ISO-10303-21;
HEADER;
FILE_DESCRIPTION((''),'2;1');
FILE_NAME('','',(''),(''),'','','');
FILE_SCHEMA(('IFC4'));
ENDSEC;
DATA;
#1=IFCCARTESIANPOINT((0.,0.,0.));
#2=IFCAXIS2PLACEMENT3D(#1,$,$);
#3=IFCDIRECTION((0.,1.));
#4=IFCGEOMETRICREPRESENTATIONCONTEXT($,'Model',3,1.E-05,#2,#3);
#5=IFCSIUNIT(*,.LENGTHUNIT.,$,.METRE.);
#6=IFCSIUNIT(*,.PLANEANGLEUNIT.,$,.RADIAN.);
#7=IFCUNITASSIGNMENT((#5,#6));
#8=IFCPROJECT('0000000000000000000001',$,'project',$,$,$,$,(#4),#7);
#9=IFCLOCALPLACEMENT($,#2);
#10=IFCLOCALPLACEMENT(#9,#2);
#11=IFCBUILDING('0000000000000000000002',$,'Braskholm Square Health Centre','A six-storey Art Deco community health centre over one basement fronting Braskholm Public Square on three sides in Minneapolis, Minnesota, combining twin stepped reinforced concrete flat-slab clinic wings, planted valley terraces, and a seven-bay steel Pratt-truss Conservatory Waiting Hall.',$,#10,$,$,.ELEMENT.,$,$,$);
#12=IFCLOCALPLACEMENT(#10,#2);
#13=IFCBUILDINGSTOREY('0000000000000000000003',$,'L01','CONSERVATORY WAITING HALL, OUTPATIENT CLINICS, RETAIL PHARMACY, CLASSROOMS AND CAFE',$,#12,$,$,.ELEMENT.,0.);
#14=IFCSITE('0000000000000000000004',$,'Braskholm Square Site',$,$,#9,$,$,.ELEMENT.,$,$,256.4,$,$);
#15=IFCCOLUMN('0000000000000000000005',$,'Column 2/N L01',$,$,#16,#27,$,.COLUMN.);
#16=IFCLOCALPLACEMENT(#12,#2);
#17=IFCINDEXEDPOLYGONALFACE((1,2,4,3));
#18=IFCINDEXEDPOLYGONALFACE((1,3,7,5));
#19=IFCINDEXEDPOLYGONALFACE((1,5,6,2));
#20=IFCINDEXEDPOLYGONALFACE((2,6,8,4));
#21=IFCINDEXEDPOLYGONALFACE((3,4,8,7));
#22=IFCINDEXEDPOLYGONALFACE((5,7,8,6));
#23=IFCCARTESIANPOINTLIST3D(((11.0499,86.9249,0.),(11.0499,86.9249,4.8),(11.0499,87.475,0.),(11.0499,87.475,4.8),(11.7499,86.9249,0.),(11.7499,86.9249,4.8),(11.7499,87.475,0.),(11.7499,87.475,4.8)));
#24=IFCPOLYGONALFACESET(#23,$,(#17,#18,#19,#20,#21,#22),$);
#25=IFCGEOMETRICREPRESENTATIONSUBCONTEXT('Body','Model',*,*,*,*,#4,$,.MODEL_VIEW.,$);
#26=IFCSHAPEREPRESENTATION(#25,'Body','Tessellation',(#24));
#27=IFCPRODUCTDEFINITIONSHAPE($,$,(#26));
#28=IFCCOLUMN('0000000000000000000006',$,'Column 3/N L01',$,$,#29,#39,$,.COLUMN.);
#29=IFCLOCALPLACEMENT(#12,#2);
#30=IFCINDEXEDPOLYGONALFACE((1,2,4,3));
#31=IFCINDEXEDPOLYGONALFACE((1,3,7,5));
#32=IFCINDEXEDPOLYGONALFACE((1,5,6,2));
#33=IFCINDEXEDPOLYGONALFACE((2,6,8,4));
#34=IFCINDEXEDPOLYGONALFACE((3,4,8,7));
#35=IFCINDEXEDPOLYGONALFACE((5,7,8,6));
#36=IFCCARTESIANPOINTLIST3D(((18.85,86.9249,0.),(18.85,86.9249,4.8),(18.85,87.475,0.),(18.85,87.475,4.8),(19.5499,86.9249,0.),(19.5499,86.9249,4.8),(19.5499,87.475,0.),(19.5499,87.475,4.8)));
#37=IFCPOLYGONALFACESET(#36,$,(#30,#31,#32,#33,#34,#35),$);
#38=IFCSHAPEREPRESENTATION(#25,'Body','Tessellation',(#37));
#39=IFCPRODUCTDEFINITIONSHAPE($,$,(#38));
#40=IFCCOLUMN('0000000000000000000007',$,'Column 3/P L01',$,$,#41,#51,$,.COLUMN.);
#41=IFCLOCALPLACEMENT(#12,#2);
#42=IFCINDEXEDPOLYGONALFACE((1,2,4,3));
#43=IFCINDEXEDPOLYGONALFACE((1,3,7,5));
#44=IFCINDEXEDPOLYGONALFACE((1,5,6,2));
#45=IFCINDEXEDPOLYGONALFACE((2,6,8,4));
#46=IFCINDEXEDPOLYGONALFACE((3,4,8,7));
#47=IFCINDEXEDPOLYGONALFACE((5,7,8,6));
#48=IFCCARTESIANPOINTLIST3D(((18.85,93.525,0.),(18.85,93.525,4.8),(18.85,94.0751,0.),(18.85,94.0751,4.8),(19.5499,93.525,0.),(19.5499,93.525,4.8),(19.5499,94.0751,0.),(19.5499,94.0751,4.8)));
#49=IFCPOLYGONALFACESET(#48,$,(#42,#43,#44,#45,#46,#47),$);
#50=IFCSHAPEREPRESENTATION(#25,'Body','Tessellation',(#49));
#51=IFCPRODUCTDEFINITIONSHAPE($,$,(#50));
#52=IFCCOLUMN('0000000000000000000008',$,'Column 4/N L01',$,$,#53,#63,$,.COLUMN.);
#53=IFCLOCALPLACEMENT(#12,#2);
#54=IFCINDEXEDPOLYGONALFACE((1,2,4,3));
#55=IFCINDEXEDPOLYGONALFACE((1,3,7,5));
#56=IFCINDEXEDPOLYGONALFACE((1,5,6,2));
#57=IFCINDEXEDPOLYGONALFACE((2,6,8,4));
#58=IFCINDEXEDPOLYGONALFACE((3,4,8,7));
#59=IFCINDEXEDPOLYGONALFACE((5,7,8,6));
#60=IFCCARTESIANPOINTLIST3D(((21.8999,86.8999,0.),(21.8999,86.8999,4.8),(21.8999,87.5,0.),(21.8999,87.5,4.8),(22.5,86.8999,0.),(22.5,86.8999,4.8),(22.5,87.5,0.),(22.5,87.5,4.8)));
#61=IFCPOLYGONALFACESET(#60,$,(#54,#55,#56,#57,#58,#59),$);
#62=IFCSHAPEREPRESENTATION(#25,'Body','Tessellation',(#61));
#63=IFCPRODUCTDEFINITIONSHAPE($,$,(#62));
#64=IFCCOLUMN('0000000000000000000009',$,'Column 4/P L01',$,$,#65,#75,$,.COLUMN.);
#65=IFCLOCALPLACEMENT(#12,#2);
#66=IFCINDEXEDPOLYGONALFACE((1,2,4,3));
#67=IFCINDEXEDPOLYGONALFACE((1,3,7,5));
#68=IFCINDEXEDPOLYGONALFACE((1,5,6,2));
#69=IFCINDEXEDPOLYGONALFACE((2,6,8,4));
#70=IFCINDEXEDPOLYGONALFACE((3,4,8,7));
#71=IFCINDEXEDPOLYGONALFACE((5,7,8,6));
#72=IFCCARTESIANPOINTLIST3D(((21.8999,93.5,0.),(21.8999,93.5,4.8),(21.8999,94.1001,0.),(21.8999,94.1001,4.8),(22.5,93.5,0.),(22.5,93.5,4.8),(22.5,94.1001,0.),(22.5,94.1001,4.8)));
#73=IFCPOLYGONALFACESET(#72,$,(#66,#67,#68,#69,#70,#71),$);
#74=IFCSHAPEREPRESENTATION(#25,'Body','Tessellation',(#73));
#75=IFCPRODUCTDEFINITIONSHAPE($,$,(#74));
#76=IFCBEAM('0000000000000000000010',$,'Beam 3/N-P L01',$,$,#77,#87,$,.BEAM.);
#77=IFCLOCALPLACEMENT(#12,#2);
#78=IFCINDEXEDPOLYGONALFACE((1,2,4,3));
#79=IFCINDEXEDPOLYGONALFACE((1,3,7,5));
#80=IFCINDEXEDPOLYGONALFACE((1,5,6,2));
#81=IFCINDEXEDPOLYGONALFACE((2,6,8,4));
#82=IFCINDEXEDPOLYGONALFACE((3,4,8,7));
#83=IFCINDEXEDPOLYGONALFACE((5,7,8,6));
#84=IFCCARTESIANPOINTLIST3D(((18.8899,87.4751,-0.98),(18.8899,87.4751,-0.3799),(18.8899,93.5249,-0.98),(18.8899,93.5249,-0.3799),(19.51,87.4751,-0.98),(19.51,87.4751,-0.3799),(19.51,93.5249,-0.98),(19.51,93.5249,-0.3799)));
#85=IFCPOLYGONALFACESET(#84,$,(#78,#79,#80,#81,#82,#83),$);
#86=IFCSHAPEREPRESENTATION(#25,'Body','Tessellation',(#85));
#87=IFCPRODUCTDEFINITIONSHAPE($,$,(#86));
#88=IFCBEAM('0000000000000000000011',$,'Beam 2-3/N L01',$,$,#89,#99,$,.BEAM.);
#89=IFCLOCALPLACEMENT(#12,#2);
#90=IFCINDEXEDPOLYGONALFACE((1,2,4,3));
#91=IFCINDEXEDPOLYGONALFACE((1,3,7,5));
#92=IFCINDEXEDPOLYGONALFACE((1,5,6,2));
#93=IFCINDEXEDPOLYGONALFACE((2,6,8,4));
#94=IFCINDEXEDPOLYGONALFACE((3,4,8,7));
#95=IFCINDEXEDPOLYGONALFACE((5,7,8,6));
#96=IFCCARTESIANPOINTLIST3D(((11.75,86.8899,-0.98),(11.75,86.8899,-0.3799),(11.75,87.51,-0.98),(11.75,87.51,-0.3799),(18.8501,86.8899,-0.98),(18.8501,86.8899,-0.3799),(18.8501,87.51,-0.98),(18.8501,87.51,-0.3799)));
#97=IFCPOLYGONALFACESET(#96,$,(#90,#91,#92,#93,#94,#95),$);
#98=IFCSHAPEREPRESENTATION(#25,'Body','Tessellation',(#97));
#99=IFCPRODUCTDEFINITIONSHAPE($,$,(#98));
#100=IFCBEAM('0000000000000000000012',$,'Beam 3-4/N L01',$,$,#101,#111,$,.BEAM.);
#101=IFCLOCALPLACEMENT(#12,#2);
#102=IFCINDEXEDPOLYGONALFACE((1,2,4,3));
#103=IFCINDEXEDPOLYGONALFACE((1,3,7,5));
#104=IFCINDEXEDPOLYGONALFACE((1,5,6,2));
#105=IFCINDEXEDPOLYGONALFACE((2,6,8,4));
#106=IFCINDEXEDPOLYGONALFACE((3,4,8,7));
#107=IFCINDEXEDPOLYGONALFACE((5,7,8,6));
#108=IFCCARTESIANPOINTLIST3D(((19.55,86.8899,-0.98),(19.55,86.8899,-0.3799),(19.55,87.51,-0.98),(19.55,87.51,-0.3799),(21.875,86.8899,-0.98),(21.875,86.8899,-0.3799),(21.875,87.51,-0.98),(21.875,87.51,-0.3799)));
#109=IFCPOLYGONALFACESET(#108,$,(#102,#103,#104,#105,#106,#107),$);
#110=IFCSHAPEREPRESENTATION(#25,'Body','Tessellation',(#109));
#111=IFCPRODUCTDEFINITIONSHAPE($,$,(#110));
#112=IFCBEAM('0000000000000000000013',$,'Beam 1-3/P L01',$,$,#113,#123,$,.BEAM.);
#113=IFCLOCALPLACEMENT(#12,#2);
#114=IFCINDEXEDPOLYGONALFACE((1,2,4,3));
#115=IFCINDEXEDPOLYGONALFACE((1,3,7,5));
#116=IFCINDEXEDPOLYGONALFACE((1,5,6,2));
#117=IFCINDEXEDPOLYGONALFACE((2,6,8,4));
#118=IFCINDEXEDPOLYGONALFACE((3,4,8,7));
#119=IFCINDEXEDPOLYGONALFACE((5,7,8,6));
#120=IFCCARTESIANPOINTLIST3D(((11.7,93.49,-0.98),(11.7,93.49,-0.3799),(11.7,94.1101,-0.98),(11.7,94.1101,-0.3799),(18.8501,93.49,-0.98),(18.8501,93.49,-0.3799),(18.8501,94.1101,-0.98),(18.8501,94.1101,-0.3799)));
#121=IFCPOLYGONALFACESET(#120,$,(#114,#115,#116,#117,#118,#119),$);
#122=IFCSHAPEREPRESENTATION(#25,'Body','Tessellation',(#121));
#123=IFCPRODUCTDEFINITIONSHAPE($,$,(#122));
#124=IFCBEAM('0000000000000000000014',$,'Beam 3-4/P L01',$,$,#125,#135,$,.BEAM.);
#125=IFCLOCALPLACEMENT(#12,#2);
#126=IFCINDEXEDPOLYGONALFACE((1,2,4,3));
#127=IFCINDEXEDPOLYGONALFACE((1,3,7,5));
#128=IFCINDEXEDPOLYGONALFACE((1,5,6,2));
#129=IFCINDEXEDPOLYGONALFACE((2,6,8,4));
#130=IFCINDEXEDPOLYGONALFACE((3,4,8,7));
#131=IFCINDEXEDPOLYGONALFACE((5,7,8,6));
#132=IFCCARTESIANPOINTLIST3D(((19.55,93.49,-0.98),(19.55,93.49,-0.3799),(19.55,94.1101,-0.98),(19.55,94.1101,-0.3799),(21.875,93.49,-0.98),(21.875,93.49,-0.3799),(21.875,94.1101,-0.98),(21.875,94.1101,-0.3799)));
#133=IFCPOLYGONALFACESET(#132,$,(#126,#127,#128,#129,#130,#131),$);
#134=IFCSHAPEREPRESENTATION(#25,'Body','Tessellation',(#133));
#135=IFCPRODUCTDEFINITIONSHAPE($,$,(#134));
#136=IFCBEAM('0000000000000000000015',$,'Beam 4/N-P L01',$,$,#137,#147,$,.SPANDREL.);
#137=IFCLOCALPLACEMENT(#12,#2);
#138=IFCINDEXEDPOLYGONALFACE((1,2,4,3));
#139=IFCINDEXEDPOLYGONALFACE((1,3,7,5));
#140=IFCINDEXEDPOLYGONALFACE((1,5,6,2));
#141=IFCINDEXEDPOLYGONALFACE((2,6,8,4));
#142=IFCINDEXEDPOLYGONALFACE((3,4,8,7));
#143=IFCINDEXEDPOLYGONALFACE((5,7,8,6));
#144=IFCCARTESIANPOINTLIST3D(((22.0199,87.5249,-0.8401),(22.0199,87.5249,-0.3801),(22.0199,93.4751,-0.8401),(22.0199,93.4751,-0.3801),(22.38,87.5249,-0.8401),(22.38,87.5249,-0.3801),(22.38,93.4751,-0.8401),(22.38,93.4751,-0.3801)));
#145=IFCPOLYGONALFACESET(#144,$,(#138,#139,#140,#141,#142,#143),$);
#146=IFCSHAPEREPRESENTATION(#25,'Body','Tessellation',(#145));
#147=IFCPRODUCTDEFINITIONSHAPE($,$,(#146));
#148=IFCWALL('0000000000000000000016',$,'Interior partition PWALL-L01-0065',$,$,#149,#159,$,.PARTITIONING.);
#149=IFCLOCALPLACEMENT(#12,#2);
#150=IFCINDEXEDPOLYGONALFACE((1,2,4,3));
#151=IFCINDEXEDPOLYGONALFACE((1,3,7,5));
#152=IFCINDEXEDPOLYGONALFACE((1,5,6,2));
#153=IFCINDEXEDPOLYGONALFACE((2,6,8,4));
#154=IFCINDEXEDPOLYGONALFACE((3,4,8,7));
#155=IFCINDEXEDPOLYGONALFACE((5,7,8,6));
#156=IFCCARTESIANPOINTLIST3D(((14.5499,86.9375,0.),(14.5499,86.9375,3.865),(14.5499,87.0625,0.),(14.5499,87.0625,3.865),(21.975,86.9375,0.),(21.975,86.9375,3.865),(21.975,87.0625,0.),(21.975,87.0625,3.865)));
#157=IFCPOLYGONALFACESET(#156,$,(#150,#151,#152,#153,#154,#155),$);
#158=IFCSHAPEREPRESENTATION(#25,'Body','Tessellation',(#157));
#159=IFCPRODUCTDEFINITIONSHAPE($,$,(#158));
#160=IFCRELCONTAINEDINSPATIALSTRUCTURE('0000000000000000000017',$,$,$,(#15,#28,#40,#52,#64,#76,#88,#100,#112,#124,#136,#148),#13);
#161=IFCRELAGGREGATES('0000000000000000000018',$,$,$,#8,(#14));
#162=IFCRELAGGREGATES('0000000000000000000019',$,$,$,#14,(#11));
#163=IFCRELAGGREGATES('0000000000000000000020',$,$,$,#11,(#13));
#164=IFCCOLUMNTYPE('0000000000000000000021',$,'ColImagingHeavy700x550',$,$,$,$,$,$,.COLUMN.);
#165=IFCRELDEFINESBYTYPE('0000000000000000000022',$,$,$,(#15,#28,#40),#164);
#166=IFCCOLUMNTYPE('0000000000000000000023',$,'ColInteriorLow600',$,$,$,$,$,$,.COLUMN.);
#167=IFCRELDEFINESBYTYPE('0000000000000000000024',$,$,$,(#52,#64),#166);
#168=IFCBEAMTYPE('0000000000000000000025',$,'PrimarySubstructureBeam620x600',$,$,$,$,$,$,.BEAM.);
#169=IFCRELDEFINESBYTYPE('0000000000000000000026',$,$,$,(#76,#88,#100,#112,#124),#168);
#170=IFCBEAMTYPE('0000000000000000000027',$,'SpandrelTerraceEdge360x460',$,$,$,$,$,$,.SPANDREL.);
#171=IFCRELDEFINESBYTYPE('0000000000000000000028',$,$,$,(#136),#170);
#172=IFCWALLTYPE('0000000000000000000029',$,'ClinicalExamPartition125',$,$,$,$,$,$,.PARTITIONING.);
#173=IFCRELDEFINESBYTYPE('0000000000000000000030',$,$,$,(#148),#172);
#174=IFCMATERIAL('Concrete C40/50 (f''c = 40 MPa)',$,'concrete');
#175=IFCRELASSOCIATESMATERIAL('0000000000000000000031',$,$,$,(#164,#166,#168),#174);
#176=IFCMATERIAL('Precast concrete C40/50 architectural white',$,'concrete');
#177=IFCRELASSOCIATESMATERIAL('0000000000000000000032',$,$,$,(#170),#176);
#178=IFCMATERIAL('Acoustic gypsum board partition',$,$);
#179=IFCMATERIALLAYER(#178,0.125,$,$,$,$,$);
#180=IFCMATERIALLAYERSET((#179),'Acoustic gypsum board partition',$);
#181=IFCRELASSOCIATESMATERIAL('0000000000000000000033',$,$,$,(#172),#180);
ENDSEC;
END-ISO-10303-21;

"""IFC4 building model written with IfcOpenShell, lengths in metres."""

from ifc_helpers import new_model, si_unit, direction, frame, frame_2d, origin, origin_2d, place, context, subcontext, project, spatial, rectangle, extrude, material, layer, layer_set, material_profile, profile_set, type_object, element, save


model = new_model("IFC4")

# Units and contexts
model_context = context("Model", 3, precision=1e-05, world=origin(), true_north=direction((0.0, 1.0)))
body_context = subcontext(model_context, "Body", "Model", "MODEL_VIEW")
ifc_project = project(units=[si_unit("LENGTHUNIT", "METRE"), si_unit("PLANEANGLEUNIT", "RADIAN")], contexts=[model_context])

# Site, building, storey
site_placement = place(None, origin())
site = spatial("IfcSite", under=ifc_project, at=site_placement, Name="Braskholm Square Site", CompositionType="ELEMENT", RefElevation=256.4)
building_placement = place(site_placement, origin())
building = spatial("IfcBuilding", under=site, at=building_placement, Name="Braskholm Square Health Centre", Description="A six-storey Art Deco community health centre over one basement fronting Braskholm Public Square on three sides in Minneapolis, Minnesota, combining twin stepped reinforced concrete flat-slab clinic wings, planted valley terraces, and a seven-bay steel Pratt-truss Conservatory Waiting Hall.", CompositionType="ELEMENT")
storey_placement = place(building_placement, origin())
storey = spatial("IfcBuildingStorey", under=building, at=storey_placement, Name="L01", Description="CONSERVATORY WAITING HALL, OUTPATIENT CLINICS, RETAIL PHARMACY, CLASSROOMS AND CAFE", CompositionType="ELEMENT", Elevation=0.0)

# Columns
ifc_material_1 = material(Name="Concrete C40/50 (f'c = 40 MPa)", Category="concrete")
ifc_material_profile_1 = material_profile(ifc_material_1, rectangle(XDim=0.7, YDim=0.55, at=origin_2d()), Name="RC-700X550")
ifc_profile_set_1 = profile_set([ifc_material_profile_1], Name="Concrete C40/50 (f'c = 40 MPa)")
column_type_1 = type_object("IfcColumnType", Name="ColImagingHeavy700x550", PredefinedType="COLUMN", material=ifc_profile_set_1)
for number, where, z_axis, x_axis, name in (
    (1, (11.3999, 87.2, 0.0), (0.0, 0.0, 1.0), (1.0, 0.0, 0.0), "Column 2/N L01"),
    (2, (19.2, 87.2, 0.0), (0.0, 0.0, 1.0), (1.0, 0.0, 0.0), "Column 3/N L01"),
    (3, (19.2, 93.8, 0.0), (0.0, 0.0, 1.0), (1.0, 0.0, 0.0), "Column 3/P L01"),
):
    element("IfcColumn", number, at=place(storey_placement, frame(where, z_axis=z_axis, x_axis=x_axis)), inside=storey, type_object=column_type_1, Name=name, PredefinedType="COLUMN", context=body_context, shape_type="SweptSolid", body=[
        extrude(rectangle(XDim=0.7, YDim=0.55, at=origin_2d()), origin(), (0.0, 0.0, 1.0), 4.8),
    ])
ifc_material_profile_2 = material_profile(ifc_material_1, rectangle(XDim=0.6001, YDim=0.6001, at=origin_2d()), Name="RC-600X600")
ifc_profile_set_2 = profile_set([ifc_material_profile_2], Name="Concrete C40/50 (f'c = 40 MPa)")
column_type_2 = type_object("IfcColumnType", Name="ColInteriorLow600", PredefinedType="COLUMN", material=ifc_profile_set_2)
for number, where, z_axis, x_axis, name in (
    (4, (22.2, 87.2, 0.0), (0.0, 0.0, 1.0), (1.0, 0.0, 0.0), "Column 4/N L01"),
    (5, (22.2, 93.8, 0.0), (0.0, 0.0, 1.0), (1.0, 0.0, 0.0), "Column 4/P L01"),
):
    element("IfcColumn", number, at=place(storey_placement, frame(where, z_axis=z_axis, x_axis=x_axis)), inside=storey, type_object=column_type_2, Name=name, PredefinedType="COLUMN", context=body_context, shape_type="SweptSolid", body=[
        extrude(rectangle(XDim=0.6001, YDim=0.6001, at=origin_2d()), origin(), (0.0, 0.0, 1.0), 4.8),
    ])

# Beams
ifc_material_profile_3 = material_profile(ifc_material_1, rectangle(XDim=0.6201, YDim=0.6001, at=origin_2d()), Name="RCB-620X600")
ifc_profile_set_3 = profile_set([ifc_material_profile_3], Name="Concrete C40/50 (f'c = 40 MPa)")
beam_type_1 = type_object("IfcBeamType", Name="PrimarySubstructureBeam620x600", PredefinedType="BEAM", material=ifc_profile_set_3)
beam_1_placement = place(storey_placement, frame((19.2, 87.4751, -0.6799), z_axis=(0.0, 1.0, 0.0), x_axis=(-1.0, 0.0, 0.0)))
element("IfcBeam", 6, at=beam_1_placement, inside=storey, type_object=beam_type_1, Name="Beam 3/N-P L01", PredefinedType="BEAM", context=body_context, shape_type="SweptSolid", body=[
    extrude(rectangle(XDim=0.6201, YDim=0.6001, at=origin_2d()), origin(), (0.0, 0.0, 1.0), 6.0498),
])
beam_2_placement = place(storey_placement, frame((11.75, 87.2, -0.6799), z_axis=(1.0, 0.0, 0.0), x_axis=(0.0, 1.0, 0.0)))
element("IfcBeam", 7, at=beam_2_placement, inside=storey, type_object=beam_type_1, Name="Beam 2-3/N L01", PredefinedType="BEAM", context=body_context, shape_type="SweptSolid", body=[
    extrude(rectangle(XDim=0.6201, YDim=0.6001, at=origin_2d()), origin(), (0.0, 0.0, 1.0), 7.1001),
])
beam_3_placement = place(storey_placement, frame((19.55, 87.2, -0.6799), z_axis=(1.0, 0.0, 0.0), x_axis=(0.0, 1.0, 0.0)))
element("IfcBeam", 8, at=beam_3_placement, inside=storey, type_object=beam_type_1, Name="Beam 3-4/N L01", PredefinedType="BEAM", context=body_context, shape_type="SweptSolid", body=[
    extrude(rectangle(XDim=0.6201, YDim=0.6001, at=origin_2d()), origin(), (0.0, 0.0, 1.0), 2.325),
])
beam_4_placement = place(storey_placement, frame((11.7, 93.8, -0.6799), z_axis=(1.0, 0.0, 0.0), x_axis=(0.0, 1.0, 0.0)))
element("IfcBeam", 9, at=beam_4_placement, inside=storey, type_object=beam_type_1, Name="Beam 1-3/P L01", PredefinedType="BEAM", context=body_context, shape_type="SweptSolid", body=[
    extrude(rectangle(XDim=0.6201, YDim=0.6001, at=origin_2d()), origin(), (0.0, 0.0, 1.0), 7.1501),
])
beam_5_placement = place(storey_placement, frame((19.55, 93.8, -0.6799), z_axis=(1.0, 0.0, 0.0), x_axis=(0.0, 1.0, 0.0)))
element("IfcBeam", 10, at=beam_5_placement, inside=storey, type_object=beam_type_1, Name="Beam 3-4/P L01", PredefinedType="BEAM", context=body_context, shape_type="SweptSolid", body=[
    extrude(rectangle(XDim=0.6201, YDim=0.6001, at=origin_2d()), origin(), (0.0, 0.0, 1.0), 2.325),
])
ifc_material_2 = material(Name="Precast concrete C40/50 architectural white", Category="concrete")
ifc_material_profile_4 = material_profile(ifc_material_2, rectangle(XDim=0.3601, YDim=0.46, at=origin_2d()), Name="RCB-360X460")
ifc_profile_set_4 = profile_set([ifc_material_profile_4], Name="Precast concrete C40/50 architectural white")
beam_type_2 = type_object("IfcBeamType", Name="SpandrelTerraceEdge360x460", PredefinedType="SPANDREL", material=ifc_profile_set_4)
beam_6_placement = place(storey_placement, frame((22.2, 87.5249, -0.6101), z_axis=(0.0, 1.0, 0.0), x_axis=(-1.0, 0.0, 0.0)))
element("IfcBeam", 11, at=beam_6_placement, inside=storey, type_object=beam_type_2, Name="Beam 4/N-P L01", PredefinedType="SPANDREL", context=body_context, shape_type="SweptSolid", body=[
    extrude(rectangle(XDim=0.3601, YDim=0.46, at=origin_2d()), origin(), (0.0, 0.0, 1.0), 5.9502),
])

# Wall
ifc_material_3 = material(Name="Acoustic gypsum board partition")
ifc_layer_1 = layer(ifc_material_3, 0.125)
ifc_layer_set_1 = layer_set([ifc_layer_1], Name="Acoustic gypsum board partition")
wall_type_1 = type_object("IfcWallType", Name="ClinicalExamPartition125", PredefinedType="PARTITIONING", material=ifc_layer_set_1)
wall_1_placement = place(storey_placement, frame((14.55, 87.0, 0.0), z_axis=(0.0, 0.0, 1.0), x_axis=(1.0, 0.0, 0.0)))
element("IfcWall", 12, at=wall_1_placement, inside=storey, type_object=wall_type_1, Name="Interior partition PWALL-L01-0065", PredefinedType="PARTITIONING", context=body_context, shape_type="SweptSolid", body=[
    extrude(rectangle(XDim=7.425, YDim=0.125, at=frame_2d((3.7124, 0.0))), origin(), (0.0, 0.0, 1.0), 3.865),
])

save(model, "model.ifc")
